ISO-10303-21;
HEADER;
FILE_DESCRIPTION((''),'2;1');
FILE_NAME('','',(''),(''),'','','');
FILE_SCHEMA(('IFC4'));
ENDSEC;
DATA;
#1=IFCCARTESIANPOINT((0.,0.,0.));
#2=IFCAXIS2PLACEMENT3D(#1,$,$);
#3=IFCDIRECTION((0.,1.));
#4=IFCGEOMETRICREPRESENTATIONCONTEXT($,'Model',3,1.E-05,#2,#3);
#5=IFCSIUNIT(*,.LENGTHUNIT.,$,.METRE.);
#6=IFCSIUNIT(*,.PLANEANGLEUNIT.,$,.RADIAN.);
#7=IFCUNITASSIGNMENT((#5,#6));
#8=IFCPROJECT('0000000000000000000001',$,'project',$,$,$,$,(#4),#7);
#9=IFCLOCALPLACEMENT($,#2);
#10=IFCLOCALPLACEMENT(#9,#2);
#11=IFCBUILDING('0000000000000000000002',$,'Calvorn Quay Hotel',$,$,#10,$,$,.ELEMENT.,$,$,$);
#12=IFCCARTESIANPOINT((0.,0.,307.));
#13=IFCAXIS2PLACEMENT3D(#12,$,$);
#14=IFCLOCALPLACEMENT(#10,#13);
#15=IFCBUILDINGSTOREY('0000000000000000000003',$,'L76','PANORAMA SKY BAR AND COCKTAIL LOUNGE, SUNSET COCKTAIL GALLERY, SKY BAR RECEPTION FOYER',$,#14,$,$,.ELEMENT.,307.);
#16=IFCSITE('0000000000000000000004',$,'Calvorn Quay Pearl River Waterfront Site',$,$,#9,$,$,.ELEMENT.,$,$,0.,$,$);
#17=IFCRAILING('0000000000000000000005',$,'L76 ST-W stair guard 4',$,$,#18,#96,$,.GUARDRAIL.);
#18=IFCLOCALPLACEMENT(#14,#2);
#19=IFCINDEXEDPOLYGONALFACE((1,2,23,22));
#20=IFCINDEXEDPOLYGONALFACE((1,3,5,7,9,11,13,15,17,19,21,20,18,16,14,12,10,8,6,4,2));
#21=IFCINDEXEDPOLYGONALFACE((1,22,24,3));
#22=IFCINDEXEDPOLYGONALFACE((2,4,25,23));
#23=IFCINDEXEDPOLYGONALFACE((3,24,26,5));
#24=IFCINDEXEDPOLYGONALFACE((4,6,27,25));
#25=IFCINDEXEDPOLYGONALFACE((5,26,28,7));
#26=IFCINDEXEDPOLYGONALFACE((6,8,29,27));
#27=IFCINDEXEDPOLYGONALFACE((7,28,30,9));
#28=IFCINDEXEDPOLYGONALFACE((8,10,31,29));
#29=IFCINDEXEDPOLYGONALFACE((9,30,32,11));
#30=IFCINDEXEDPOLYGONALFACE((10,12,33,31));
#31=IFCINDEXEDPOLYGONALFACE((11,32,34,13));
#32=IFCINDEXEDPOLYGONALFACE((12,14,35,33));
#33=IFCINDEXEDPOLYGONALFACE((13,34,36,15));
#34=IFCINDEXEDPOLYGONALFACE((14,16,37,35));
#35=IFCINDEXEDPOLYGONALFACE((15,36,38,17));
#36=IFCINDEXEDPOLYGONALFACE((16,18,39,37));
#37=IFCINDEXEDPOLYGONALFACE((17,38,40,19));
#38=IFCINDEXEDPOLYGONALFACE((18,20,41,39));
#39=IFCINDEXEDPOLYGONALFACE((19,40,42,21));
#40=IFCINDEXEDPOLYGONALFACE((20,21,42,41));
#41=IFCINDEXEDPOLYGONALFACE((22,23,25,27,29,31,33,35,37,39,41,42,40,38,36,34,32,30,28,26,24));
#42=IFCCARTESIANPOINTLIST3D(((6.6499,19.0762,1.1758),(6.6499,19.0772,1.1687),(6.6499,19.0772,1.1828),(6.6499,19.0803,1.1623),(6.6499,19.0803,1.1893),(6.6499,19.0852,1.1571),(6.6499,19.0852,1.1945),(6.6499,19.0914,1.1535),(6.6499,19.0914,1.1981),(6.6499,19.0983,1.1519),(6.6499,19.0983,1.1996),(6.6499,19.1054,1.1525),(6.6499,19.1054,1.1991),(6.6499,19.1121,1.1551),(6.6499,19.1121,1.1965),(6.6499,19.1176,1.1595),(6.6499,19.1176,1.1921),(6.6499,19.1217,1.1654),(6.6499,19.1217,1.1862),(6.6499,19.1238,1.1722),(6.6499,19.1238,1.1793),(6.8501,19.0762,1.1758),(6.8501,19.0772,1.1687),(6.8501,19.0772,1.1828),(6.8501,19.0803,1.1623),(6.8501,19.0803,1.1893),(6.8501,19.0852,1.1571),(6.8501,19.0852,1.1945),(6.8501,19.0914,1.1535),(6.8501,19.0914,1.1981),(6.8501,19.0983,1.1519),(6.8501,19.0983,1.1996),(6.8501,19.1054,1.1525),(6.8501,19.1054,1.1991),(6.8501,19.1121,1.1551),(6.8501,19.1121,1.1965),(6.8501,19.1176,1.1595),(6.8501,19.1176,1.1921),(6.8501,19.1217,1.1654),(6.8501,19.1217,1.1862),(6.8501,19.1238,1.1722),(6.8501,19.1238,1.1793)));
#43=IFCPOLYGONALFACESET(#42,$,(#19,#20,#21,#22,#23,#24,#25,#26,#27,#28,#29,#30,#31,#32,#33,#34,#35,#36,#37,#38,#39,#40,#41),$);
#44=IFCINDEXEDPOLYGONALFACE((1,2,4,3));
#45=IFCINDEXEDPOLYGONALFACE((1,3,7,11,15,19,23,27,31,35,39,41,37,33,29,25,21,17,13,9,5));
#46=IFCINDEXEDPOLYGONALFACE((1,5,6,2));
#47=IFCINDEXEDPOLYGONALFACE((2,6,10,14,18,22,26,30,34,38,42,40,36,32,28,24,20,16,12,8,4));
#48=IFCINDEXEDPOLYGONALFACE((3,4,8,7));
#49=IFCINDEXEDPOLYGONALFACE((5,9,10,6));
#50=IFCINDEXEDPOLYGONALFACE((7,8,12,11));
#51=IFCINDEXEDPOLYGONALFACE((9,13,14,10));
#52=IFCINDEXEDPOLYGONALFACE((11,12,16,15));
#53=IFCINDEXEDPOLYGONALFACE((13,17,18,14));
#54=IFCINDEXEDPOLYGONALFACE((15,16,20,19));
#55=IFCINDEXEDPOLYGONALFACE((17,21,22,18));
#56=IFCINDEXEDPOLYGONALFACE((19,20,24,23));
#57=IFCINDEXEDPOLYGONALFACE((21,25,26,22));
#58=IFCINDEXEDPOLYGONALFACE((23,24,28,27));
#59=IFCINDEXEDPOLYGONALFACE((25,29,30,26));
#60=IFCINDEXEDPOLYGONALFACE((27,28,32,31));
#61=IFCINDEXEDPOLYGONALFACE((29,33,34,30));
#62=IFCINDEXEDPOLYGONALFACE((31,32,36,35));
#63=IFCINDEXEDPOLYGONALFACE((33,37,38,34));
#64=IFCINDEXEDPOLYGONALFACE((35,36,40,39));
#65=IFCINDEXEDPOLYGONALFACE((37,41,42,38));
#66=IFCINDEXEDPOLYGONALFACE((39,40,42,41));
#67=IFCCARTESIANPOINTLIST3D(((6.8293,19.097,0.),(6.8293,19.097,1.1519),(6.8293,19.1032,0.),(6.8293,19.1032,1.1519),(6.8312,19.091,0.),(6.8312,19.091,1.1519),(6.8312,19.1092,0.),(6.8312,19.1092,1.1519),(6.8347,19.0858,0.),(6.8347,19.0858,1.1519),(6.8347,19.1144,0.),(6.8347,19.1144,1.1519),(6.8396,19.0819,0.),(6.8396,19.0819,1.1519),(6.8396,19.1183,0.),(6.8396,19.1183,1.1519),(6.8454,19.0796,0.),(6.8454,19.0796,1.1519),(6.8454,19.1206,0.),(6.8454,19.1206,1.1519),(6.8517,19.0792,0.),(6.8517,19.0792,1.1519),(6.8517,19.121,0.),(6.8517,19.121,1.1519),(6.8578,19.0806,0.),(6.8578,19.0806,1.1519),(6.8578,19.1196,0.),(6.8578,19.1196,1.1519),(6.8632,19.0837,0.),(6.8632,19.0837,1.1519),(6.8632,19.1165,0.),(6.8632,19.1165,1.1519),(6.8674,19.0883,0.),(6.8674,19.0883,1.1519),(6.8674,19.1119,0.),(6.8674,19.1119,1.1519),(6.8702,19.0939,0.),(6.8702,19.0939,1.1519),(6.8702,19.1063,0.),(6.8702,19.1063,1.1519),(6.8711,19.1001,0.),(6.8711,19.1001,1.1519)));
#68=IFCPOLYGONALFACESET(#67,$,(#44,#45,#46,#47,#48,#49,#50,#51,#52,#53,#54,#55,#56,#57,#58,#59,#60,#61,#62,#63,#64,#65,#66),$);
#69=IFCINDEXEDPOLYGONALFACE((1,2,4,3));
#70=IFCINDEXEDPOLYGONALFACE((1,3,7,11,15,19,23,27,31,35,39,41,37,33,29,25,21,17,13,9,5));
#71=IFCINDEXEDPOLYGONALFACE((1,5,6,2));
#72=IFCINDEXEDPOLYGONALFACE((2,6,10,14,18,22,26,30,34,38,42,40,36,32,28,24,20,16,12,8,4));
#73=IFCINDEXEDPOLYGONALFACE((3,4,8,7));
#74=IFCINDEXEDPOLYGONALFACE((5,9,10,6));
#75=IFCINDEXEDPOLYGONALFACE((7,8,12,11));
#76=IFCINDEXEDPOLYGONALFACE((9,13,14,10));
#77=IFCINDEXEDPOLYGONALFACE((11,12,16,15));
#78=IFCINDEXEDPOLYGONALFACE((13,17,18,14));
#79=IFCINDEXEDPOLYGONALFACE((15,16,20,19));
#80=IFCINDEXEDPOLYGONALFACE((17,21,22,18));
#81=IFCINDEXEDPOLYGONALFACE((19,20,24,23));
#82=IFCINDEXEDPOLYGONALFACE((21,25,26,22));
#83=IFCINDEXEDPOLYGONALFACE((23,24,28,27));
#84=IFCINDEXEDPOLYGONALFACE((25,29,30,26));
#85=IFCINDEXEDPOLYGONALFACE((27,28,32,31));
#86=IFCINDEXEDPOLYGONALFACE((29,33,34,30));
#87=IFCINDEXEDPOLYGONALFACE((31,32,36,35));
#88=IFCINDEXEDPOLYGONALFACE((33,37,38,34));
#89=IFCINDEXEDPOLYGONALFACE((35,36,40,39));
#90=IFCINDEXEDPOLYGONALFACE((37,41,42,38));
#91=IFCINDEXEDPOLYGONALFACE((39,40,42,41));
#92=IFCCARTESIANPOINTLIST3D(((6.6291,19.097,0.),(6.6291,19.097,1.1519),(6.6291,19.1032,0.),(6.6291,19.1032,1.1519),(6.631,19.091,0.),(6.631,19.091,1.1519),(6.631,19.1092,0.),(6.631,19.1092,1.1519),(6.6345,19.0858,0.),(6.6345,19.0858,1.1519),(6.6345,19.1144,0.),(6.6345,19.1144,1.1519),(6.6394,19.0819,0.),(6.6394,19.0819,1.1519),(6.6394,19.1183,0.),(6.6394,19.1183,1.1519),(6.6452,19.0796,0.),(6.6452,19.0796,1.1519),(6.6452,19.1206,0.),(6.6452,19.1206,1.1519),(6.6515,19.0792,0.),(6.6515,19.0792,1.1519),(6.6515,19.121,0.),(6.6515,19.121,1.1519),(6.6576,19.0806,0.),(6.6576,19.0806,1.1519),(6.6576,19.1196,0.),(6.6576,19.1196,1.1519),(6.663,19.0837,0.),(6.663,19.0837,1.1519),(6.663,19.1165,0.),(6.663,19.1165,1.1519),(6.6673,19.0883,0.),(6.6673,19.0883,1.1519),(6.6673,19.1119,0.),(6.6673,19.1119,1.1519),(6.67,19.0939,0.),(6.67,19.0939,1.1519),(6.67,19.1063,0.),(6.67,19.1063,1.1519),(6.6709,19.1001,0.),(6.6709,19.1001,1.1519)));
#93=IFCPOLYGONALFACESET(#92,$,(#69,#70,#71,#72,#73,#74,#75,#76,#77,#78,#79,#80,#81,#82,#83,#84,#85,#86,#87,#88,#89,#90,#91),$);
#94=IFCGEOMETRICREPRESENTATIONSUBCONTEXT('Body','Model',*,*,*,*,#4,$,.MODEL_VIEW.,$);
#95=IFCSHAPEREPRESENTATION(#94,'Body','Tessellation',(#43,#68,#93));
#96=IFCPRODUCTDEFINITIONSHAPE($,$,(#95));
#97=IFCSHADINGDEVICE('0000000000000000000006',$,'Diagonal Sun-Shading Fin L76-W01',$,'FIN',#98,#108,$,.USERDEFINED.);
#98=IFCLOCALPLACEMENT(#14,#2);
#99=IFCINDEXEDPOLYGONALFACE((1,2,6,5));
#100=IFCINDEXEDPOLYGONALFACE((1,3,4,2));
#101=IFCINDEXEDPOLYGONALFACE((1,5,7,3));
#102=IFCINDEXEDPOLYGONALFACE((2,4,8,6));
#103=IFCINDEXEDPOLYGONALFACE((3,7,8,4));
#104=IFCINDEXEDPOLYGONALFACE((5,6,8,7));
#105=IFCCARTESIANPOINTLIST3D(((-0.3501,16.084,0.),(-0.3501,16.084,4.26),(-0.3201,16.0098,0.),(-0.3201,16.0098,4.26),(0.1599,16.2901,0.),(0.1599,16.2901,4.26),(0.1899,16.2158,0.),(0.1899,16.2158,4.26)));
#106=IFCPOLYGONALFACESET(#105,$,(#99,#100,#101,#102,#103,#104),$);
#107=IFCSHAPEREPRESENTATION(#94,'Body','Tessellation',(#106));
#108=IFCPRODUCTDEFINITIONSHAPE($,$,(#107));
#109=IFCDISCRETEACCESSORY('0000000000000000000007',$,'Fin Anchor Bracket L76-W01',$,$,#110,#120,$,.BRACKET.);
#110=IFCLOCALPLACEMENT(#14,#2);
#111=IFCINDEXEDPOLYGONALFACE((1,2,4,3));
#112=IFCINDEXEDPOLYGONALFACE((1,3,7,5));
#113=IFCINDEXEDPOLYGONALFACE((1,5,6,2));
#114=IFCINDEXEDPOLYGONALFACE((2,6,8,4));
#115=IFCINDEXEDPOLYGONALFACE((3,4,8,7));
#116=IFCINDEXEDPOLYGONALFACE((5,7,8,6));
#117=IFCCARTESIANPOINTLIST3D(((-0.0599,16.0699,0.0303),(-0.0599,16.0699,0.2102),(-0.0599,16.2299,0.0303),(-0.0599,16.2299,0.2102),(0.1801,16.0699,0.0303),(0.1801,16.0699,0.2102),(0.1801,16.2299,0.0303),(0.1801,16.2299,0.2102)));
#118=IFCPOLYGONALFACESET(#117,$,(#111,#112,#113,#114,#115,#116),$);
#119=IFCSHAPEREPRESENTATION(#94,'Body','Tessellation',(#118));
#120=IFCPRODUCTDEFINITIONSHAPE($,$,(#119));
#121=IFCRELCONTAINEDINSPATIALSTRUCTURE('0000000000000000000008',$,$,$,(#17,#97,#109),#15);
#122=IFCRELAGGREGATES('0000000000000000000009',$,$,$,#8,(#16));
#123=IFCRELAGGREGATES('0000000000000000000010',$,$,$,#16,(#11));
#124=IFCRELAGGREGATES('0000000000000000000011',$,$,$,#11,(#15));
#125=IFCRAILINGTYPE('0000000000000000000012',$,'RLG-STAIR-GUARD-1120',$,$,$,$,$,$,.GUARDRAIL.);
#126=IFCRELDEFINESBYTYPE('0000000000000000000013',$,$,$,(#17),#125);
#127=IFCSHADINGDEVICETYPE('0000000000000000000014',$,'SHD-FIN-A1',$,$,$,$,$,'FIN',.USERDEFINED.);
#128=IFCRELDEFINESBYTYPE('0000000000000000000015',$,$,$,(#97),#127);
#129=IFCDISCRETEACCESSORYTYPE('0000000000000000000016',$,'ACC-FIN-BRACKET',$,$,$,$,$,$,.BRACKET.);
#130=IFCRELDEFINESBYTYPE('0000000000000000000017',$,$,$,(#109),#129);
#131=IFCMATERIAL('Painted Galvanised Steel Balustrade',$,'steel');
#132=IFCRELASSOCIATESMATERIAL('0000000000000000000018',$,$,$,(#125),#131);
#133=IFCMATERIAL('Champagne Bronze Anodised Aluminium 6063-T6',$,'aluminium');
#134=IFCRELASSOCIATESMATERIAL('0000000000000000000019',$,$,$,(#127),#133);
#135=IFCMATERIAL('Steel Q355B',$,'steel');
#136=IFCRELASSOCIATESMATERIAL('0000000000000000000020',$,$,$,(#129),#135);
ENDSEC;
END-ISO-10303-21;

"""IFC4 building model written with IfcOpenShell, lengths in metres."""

from ifc_helpers import new_model, si_unit, direction, frame, origin, origin_2d, place, context, subcontext, project, spatial, rectangle, circle, extrude, material, type_object, element, save


model = new_model("IFC4")

# Units and contexts
model_context = context("Model", 3, precision=1e-05, world=origin(), true_north=direction((0.0, 1.0)))
body_context = subcontext(model_context, "Body", "Model", "MODEL_VIEW")
ifc_project = project(units=[si_unit("LENGTHUNIT", "METRE"), si_unit("PLANEANGLEUNIT", "RADIAN")], contexts=[model_context])

# Site, building, storey
site_placement = place(None, origin())
site = spatial("IfcSite", under=ifc_project, at=site_placement, Name="Calvorn Quay Pearl River Waterfront Site", CompositionType="ELEMENT", RefElevation=0.0)
building_placement = place(site_placement, origin())
building = spatial("IfcBuilding", under=site, at=building_placement, Name="Calvorn Quay Hotel", CompositionType="ELEMENT")
storey_placement = place(building_placement, frame((0.0, 0.0, 307.0)))
storey = spatial("IfcBuildingStorey", under=building, at=storey_placement, Name="L76", Description="PANORAMA SKY BAR AND COCKTAIL LOUNGE, SUNSET COCKTAIL GALLERY, SKY BAR RECEPTION FOYER", CompositionType="ELEMENT", Elevation=307.0)

# Railing
ifc_material_1 = material(Name="Painted Galvanised Steel Balustrade", Category="steel")
railing_type_1 = type_object("IfcRailingType", Name="RLG-STAIR-GUARD-1120", PredefinedType="GUARDRAIL", material=ifc_material_1)
railing_1_placement = place(storey_placement, frame((6.8501, 19.1001, 0.0)))
element("IfcRailing", 1, at=railing_1_placement, inside=storey, type_object=railing_type_1, Name="L76 ST-W stair guard 4", PredefinedType="GUARDRAIL", context=body_context, shape_type="SweptSolid", body=[
    extrude(circle(Radius=0.0239, at=origin_2d()), frame((0.0, 0.0, 1.1758), z_axis=(-1.0, 0.0, 0.0), x_axis=(0.0, -1.0, 0.0)), (0.0, 0.0, 1.0), 0.2002),
    extrude(circle(Radius=0.021, at=origin_2d()), origin(), (0.0, 0.0, 1.0), 1.1519),
    extrude(circle(Radius=0.021, at=origin_2d()), frame((-0.2002, 0.0, 0.0)), (0.0, 0.0, 1.0), 1.1519),
])

# Shading device
ifc_material_2 = material(Name="Champagne Bronze Anodised Aluminium 6063-T6", Category="aluminium")
shading_device_type = type_object("IfcShadingDeviceType", Name="SHD-FIN-A1", ElementType="FIN", PredefinedType="USERDEFINED", material=ifc_material_2)
shading_device_placement = place(storey_placement, frame((-0.0801, 16.1499, 0.0), z_axis=(0.0, 0.0, 1.0), x_axis=(0.927184, 0.374607, 0.0)))
element("IfcShadingDevice", 2, at=shading_device_placement, inside=storey, type_object=shading_device_type, Name="Diagonal Sun-Shading Fin L76-W01", ObjectType="FIN", PredefinedType="USERDEFINED", context=body_context, shape_type="SweptSolid", body=[
    extrude(rectangle(XDim=0.55, YDim=0.0801, at=origin_2d()), origin(), (0.0, 0.0, 1.0), 4.26),
])

# Discrete accessory
ifc_material_3 = material(Name="Steel Q355B", Category="steel")
discrete_accessory_type = type_object("IfcDiscreteAccessoryType", Name="ACC-FIN-BRACKET", PredefinedType="BRACKET", material=ifc_material_3)
discrete_accessory_placement = place(storey_placement, frame((0.0601, 16.1499, 0.0303), z_axis=(0.0, 0.0, 1.0), x_axis=(1.0, 0.0, 0.0)))
element("IfcDiscreteAccessory", 3, at=discrete_accessory_placement, inside=storey, type_object=discrete_accessory_type, Name="Fin Anchor Bracket L76-W01", PredefinedType="BRACKET", context=body_context, shape_type="SweptSolid", body=[
    extrude(rectangle(XDim=0.24, YDim=0.1599, at=origin_2d()), origin(), (0.0, 0.0, 1.0), 0.1799),
])

save(model, "model.ifc")
